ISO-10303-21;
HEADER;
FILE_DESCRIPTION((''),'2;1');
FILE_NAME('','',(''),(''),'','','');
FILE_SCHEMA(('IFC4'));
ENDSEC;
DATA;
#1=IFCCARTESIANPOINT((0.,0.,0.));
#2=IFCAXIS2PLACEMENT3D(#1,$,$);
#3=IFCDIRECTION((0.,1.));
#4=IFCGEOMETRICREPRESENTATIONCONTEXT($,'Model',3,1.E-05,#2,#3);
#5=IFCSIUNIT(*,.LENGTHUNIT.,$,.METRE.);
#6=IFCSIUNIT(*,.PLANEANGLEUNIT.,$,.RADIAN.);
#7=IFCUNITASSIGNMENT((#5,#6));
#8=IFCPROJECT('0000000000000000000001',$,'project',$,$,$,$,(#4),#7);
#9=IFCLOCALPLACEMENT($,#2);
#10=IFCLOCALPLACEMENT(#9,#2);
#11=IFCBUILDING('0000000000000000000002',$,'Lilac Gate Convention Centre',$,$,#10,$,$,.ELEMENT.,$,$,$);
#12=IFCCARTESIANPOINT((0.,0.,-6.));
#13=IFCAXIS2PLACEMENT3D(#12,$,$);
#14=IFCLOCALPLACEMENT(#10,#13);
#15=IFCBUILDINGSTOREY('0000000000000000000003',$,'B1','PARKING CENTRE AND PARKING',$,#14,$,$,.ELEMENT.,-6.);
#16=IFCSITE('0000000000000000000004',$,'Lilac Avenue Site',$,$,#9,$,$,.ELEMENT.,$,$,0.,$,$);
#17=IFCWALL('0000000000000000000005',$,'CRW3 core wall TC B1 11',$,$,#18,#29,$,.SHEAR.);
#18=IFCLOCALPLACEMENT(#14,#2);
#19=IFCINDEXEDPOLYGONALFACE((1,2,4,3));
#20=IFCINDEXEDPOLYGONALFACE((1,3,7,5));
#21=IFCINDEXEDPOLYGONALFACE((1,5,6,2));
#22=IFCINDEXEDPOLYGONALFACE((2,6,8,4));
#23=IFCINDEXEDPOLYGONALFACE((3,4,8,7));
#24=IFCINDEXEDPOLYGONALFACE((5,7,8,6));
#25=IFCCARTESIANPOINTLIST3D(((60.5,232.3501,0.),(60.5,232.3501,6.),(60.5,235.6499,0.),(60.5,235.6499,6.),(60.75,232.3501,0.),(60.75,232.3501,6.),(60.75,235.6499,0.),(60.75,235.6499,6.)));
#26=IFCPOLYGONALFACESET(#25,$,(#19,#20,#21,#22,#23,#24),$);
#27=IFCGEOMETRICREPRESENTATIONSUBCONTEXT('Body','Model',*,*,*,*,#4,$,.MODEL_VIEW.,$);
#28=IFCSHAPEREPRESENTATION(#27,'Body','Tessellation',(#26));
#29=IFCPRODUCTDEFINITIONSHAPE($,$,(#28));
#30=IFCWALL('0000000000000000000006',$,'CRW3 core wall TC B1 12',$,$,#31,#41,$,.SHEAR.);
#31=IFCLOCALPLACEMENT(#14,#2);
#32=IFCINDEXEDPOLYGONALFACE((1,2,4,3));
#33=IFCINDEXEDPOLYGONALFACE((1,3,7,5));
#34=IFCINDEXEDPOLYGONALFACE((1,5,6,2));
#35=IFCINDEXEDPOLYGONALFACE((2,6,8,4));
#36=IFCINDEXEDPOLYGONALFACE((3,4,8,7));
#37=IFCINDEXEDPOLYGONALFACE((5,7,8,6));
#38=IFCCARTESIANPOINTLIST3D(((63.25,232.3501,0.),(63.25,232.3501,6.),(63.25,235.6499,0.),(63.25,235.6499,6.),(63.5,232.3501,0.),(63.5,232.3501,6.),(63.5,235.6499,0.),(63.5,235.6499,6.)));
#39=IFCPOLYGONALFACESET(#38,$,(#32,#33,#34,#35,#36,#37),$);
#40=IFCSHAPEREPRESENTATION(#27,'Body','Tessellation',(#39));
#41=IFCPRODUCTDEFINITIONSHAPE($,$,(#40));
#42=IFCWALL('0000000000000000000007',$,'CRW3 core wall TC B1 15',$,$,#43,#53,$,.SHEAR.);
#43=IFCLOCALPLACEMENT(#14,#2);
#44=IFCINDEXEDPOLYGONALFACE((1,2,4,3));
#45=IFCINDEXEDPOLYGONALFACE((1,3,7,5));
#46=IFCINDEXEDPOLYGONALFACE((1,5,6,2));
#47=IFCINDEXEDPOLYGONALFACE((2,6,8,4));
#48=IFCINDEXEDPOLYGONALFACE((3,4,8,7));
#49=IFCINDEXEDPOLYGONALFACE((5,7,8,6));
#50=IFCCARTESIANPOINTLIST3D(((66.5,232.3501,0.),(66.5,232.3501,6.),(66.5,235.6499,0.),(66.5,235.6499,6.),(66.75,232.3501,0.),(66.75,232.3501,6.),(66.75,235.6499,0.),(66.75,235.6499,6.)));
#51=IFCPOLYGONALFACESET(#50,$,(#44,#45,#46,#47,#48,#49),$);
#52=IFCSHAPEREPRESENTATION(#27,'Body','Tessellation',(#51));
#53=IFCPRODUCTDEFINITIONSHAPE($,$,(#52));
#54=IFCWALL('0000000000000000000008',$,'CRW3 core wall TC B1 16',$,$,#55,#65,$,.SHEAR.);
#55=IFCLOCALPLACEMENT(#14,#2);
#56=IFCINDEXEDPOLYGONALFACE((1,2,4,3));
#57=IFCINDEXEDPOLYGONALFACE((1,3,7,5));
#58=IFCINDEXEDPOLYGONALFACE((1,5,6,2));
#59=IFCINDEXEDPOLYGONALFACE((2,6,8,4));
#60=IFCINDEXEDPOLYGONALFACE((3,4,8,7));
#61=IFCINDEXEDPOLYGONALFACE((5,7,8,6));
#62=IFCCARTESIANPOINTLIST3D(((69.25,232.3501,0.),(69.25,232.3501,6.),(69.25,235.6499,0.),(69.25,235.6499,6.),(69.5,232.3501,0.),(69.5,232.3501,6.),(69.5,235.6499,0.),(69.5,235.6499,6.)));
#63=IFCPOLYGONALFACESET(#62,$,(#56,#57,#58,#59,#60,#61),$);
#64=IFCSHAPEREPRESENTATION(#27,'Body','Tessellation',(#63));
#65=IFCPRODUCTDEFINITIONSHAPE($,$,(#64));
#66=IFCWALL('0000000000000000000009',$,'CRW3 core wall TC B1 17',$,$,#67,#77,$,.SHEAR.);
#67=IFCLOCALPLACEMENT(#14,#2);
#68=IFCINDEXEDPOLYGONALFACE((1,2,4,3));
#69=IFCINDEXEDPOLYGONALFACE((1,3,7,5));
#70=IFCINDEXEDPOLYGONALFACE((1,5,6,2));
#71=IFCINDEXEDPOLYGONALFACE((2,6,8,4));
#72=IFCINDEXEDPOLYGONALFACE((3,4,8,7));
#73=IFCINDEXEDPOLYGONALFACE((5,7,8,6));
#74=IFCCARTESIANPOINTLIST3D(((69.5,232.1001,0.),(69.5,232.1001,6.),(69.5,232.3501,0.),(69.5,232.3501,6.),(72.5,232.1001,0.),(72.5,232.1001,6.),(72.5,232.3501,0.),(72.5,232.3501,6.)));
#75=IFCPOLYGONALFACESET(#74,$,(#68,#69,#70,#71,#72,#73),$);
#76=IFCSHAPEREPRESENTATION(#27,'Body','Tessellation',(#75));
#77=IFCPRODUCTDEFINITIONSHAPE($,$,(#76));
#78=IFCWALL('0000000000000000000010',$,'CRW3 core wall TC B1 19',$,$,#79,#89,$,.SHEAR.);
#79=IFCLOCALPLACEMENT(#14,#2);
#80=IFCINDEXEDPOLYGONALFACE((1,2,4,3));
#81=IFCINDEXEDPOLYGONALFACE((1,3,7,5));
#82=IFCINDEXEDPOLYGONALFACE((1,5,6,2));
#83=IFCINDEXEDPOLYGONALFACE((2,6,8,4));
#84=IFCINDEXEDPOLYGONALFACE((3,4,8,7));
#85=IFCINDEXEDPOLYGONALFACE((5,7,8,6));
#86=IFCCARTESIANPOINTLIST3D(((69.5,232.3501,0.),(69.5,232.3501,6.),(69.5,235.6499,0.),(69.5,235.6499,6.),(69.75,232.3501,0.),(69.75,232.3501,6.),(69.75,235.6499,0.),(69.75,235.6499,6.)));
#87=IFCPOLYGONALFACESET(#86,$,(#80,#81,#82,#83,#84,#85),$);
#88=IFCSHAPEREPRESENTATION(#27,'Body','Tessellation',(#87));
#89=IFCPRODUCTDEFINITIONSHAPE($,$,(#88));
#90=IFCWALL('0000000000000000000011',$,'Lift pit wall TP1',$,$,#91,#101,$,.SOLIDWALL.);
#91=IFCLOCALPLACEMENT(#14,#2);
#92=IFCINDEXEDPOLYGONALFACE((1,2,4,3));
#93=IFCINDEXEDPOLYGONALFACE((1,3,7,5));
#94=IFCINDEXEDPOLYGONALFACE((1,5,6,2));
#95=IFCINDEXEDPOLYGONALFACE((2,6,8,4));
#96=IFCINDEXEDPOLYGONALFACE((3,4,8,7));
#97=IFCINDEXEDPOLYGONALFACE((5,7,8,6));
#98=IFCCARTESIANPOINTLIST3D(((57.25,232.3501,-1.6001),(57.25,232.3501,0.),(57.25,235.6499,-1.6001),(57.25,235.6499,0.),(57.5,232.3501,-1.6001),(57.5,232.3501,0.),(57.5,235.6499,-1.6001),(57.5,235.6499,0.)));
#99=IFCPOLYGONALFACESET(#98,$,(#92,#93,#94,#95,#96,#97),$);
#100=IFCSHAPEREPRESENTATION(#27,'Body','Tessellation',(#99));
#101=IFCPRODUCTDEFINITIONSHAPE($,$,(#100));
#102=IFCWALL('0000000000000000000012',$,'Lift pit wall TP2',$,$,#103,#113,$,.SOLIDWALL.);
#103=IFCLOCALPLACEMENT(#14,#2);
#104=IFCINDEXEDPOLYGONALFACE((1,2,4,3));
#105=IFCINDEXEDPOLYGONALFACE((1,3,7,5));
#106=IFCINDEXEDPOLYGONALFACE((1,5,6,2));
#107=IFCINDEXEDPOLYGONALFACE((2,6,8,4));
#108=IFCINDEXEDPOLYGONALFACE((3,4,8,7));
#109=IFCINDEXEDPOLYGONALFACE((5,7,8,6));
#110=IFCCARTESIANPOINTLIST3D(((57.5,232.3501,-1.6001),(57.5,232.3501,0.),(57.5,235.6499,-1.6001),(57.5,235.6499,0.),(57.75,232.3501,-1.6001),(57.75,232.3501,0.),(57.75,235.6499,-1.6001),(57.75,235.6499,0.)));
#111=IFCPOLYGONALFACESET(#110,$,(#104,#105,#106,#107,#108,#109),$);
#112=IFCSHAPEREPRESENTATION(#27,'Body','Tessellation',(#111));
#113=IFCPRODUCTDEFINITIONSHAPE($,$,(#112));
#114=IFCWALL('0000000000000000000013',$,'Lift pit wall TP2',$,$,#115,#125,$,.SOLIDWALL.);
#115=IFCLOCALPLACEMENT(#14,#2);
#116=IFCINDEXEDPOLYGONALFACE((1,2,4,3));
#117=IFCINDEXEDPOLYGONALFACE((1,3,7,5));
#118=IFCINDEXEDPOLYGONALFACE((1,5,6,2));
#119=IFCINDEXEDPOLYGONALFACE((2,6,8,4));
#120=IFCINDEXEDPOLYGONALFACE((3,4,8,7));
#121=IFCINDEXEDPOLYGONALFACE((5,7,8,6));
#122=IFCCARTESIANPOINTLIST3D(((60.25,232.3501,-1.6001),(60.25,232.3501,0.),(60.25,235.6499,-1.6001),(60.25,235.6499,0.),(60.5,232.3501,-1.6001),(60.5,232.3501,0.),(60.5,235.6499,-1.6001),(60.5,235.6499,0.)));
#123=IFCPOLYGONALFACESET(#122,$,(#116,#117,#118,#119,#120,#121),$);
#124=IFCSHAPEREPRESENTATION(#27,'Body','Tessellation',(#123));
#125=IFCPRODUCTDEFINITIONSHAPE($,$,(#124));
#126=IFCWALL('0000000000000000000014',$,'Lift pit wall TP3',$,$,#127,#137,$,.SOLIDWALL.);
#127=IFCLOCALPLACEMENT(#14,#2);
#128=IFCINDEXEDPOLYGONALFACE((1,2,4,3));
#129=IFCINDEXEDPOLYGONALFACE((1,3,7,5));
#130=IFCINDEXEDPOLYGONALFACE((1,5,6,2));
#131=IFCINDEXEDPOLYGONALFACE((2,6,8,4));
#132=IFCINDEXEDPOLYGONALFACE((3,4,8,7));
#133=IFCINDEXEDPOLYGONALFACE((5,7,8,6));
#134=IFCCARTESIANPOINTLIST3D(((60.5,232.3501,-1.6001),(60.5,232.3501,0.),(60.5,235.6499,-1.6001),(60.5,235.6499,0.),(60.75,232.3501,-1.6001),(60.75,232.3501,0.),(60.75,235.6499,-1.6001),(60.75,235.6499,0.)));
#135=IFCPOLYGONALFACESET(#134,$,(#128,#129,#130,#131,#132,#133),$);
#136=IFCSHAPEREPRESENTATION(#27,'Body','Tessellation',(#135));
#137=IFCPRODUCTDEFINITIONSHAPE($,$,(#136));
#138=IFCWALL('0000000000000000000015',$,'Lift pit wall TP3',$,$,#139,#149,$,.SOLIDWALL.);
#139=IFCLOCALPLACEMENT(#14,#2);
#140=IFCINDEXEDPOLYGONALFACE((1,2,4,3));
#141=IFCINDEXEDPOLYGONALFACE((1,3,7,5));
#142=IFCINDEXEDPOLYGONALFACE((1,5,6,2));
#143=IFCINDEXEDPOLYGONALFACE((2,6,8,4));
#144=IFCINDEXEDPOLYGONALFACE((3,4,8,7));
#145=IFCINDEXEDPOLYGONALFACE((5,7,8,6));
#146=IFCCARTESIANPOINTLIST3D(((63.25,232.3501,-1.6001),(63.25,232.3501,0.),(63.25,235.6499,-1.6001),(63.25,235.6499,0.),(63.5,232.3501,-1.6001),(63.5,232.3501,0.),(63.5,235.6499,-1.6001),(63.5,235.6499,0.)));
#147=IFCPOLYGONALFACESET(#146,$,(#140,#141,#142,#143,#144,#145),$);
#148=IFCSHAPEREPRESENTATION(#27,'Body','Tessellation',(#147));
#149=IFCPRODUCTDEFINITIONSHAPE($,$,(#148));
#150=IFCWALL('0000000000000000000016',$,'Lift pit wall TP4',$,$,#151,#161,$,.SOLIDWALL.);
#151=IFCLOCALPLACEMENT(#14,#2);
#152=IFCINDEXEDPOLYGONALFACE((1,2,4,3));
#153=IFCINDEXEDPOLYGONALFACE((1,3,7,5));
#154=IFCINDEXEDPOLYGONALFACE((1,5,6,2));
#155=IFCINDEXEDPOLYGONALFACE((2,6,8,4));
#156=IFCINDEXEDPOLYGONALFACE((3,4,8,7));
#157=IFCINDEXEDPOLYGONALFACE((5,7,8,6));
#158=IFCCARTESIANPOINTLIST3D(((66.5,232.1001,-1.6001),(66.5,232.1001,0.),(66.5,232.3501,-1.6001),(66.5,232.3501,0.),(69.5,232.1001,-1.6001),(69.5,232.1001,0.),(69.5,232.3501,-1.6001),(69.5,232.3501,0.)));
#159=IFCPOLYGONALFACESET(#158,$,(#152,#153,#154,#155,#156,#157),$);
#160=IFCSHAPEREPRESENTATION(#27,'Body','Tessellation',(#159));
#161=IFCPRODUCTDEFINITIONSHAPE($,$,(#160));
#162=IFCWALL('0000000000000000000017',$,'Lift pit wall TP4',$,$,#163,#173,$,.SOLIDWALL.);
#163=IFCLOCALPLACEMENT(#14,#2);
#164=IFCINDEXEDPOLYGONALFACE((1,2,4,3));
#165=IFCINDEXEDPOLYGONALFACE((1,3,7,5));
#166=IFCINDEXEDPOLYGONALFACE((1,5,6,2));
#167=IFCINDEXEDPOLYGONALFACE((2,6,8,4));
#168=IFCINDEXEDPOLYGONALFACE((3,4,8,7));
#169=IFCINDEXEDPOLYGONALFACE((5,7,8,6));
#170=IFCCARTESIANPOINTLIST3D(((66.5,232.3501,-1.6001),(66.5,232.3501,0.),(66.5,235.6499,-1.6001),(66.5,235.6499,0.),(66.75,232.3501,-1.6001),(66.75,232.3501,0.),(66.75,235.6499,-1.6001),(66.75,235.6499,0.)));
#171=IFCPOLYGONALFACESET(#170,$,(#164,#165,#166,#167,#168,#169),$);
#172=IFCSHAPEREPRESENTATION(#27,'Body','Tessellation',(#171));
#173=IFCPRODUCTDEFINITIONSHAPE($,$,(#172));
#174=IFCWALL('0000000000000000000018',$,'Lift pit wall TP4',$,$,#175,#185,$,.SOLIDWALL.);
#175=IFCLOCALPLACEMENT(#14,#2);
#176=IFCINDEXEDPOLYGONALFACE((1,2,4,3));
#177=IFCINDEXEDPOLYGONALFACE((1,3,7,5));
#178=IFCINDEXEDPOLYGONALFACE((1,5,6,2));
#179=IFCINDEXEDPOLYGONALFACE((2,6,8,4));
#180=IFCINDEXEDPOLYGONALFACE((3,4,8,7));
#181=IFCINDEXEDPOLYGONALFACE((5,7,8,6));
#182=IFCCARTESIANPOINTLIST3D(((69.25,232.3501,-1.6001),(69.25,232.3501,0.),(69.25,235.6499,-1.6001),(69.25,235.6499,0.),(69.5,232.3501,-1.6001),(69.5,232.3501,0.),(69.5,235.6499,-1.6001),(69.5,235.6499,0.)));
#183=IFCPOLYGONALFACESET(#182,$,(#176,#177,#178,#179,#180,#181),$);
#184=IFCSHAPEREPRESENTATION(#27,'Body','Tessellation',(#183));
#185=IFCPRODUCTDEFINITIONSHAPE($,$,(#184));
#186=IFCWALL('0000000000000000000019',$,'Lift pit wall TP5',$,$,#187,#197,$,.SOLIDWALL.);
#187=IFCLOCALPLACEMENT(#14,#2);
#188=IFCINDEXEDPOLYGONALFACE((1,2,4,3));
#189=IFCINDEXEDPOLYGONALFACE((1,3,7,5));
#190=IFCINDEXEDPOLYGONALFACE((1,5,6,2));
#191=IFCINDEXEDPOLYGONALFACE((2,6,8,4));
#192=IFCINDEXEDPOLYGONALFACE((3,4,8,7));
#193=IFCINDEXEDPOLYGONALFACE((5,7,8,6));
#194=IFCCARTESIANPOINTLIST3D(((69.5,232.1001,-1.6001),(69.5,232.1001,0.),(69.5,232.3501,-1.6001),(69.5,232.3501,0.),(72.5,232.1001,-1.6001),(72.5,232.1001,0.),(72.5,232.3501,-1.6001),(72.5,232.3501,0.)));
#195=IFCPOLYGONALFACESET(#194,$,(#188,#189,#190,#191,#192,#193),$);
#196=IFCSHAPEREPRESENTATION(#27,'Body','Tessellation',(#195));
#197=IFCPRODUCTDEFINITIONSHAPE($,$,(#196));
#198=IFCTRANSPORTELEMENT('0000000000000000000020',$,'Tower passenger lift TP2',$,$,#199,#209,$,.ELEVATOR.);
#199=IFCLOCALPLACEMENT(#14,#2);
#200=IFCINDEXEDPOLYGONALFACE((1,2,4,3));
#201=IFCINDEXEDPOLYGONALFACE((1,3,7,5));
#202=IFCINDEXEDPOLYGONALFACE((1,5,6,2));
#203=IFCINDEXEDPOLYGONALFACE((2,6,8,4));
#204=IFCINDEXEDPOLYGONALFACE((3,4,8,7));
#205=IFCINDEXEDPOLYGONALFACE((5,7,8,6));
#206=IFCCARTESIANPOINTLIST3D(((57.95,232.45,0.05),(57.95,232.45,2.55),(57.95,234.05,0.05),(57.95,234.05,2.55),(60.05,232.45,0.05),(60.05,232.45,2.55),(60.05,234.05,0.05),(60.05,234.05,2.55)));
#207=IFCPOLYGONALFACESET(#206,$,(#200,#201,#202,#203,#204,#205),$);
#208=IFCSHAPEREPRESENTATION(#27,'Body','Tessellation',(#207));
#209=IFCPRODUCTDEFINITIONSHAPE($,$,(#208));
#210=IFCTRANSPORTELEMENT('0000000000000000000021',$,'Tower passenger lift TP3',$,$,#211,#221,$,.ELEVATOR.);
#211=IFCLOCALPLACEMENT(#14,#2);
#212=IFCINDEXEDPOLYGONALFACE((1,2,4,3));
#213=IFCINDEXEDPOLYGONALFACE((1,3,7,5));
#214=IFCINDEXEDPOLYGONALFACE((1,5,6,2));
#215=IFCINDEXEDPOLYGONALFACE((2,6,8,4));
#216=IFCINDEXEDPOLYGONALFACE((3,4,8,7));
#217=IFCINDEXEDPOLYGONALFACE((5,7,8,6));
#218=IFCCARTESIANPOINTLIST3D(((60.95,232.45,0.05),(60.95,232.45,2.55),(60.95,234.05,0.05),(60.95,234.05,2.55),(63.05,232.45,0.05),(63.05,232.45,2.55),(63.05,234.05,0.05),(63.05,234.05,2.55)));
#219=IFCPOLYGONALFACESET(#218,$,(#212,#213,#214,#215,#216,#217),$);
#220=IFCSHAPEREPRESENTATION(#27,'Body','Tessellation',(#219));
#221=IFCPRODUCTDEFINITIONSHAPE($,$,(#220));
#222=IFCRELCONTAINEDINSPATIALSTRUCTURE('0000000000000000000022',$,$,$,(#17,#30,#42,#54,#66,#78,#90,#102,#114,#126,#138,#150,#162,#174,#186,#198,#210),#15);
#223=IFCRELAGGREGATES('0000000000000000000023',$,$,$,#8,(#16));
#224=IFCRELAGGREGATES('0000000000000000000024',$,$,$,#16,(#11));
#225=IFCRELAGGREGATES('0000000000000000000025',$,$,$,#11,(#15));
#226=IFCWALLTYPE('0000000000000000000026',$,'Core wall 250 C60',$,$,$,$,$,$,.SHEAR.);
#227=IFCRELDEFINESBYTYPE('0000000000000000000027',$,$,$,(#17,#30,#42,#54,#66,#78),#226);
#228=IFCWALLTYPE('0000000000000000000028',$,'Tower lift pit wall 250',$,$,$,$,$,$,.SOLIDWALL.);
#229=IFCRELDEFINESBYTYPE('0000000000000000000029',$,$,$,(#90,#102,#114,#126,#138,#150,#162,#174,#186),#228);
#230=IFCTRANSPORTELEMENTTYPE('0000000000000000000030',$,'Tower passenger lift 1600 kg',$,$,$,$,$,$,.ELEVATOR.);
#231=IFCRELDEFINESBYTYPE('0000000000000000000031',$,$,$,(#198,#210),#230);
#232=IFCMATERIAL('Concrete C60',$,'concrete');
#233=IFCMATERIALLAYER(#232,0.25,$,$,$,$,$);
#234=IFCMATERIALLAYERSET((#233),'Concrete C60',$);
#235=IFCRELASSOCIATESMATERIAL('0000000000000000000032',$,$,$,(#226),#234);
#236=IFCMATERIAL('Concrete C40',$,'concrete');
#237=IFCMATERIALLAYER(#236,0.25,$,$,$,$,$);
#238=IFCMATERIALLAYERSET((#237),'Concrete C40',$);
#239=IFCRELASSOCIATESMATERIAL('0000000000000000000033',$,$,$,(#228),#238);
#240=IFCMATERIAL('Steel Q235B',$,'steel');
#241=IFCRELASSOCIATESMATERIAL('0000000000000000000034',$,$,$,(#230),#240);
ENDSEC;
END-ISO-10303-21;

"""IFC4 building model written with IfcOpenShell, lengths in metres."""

from ifc_helpers import new_model, si_unit, direction, frame, frame_2d, origin, origin_2d, place, context, subcontext, project, spatial, rectangle, extrude, material, layer, layer_set, type_object, element, save


model = new_model("IFC4")

# Units and contexts
model_context = context("Model", 3, precision=1e-05, world=origin(), true_north=direction((0.0, 1.0)))
body_context = subcontext(model_context, "Body", "Model", "MODEL_VIEW")
ifc_project = project(units=[si_unit("LENGTHUNIT", "METRE"), si_unit("PLANEANGLEUNIT", "RADIAN")], contexts=[model_context])

# Site, building, storey
site_placement = place(None, origin())
site = spatial("IfcSite", under=ifc_project, at=site_placement, Name="Lilac Avenue Site", CompositionType="ELEMENT", RefElevation=0.0)
building_placement = place(site_placement, origin())
building = spatial("IfcBuilding", under=site, at=building_placement, Name="Lilac Gate Convention Centre", CompositionType="ELEMENT")
storey_placement = place(building_placement, frame((0.0, 0.0, -6.0)))
storey = spatial("IfcBuildingStorey", under=building, at=storey_placement, Name="B1", Description="PARKING CENTRE AND PARKING", CompositionType="ELEMENT", Elevation=-6.0)

# Shared definitions
ifc_material_1 = material(Name="Concrete C40", Category="concrete")

# Walls
ifc_material_2 = material(Name="Concrete C60", Category="concrete")
ifc_layer_1 = layer(ifc_material_2, 0.25)
ifc_layer_set_1 = layer_set([ifc_layer_1], Name="Concrete C60")
wall_type_1 = type_object("IfcWallType", Name="Core wall 250 C60", PredefinedType="SHEAR", material=ifc_layer_set_1)
for number, where, z_axis, x_axis, name in (
    (1, (60.625, 232.3501, 0.0), (0.0, 0.0, 1.0), (0.0, 1.0, 0.0), "CRW3 core wall TC B1 11"),
    (2, (63.375, 232.3501, 0.0), (0.0, 0.0, 1.0), (0.0, 1.0, 0.0), "CRW3 core wall TC B1 12"),
    (3, (66.625, 232.3501, 0.0), (0.0, 0.0, 1.0), (0.0, 1.0, 0.0), "CRW3 core wall TC B1 15"),
    (4, (69.375, 232.3501, 0.0), (0.0, 0.0, 1.0), (0.0, 1.0, 0.0), "CRW3 core wall TC B1 16"),
):
    element("IfcWall", number, at=place(storey_placement, frame(where, z_axis=z_axis, x_axis=x_axis)), inside=storey, type_object=wall_type_1, Name=name, PredefinedType="SHEAR", context=body_context, shape_type="SweptSolid", body=[
        extrude(rectangle(XDim=3.2998, YDim=0.25, at=frame_2d((1.6499, 0.0))), origin(), (0.0, 0.0, 1.0), 6.0),
    ])
wall_1_placement = place(storey_placement, frame((69.5, 232.2251, 0.0), z_axis=(0.0, 0.0, 1.0), x_axis=(1.0, 0.0, 0.0)))
element("IfcWall", 5, at=wall_1_placement, inside=storey, type_object=wall_type_1, Name="CRW3 core wall TC B1 17", PredefinedType="SHEAR", context=body_context, shape_type="SweptSolid", body=[
    extrude(rectangle(XDim=3.0, YDim=0.25, at=frame_2d((1.5, 0.0))), origin(), (0.0, 0.0, 1.0), 6.0),
])
wall_2_placement = place(storey_placement, frame((69.625, 232.3501, 0.0), z_axis=(0.0, 0.0, 1.0), x_axis=(0.0, 1.0, 0.0)))
element("IfcWall", 6, at=wall_2_placement, inside=storey, type_object=wall_type_1, Name="CRW3 core wall TC B1 19", PredefinedType="SHEAR", context=body_context, shape_type="SweptSolid", body=[
    extrude(rectangle(XDim=3.2998, YDim=0.25, at=frame_2d((1.6499, 0.0))), origin(), (0.0, 0.0, 1.0), 6.0),
])
ifc_layer_2 = layer(ifc_material_1, 0.25)
ifc_layer_set_2 = layer_set([ifc_layer_2], Name="Concrete C40")
wall_type_2 = type_object("IfcWallType", Name="Tower lift pit wall 250", PredefinedType="SOLIDWALL", material=ifc_layer_set_2)
for number, where, z_axis, x_axis, name in (
    (7, (57.375, 232.3501, -1.6001), (0.0, 0.0, 1.0), (0.0, 1.0, 0.0), "Lift pit wall TP1"),
    (8, (57.625, 232.3501, -1.6001), (0.0, 0.0, 1.0), (0.0, 1.0, 0.0), "Lift pit wall TP2"),
    (9, (60.375, 232.3501, -1.6001), (0.0, 0.0, 1.0), (0.0, 1.0, 0.0), "Lift pit wall TP2"),
    (10, (60.625, 232.3501, -1.6001), (0.0, 0.0, 1.0), (0.0, 1.0, 0.0), "Lift pit wall TP3"),
    (11, (63.375, 232.3501, -1.6001), (0.0, 0.0, 1.0), (0.0, 1.0, 0.0), "Lift pit wall TP3"),
):
    element("IfcWall", number, at=place(storey_placement, frame(where, z_axis=z_axis, x_axis=x_axis)), inside=storey, type_object=wall_type_2, Name=name, PredefinedType="SOLIDWALL", context=body_context, shape_type="SweptSolid", body=[
        extrude(rectangle(XDim=3.2998, YDim=0.25, at=frame_2d((1.6499, 0.0))), origin(), (0.0, 0.0, 1.0), 1.6001),
    ])
wall_3_placement = place(storey_placement, frame((66.5, 232.2251, -1.6001), z_axis=(0.0, 0.0, 1.0), x_axis=(1.0, 0.0, 0.0)))
element("IfcWall", 12, at=wall_3_placement, inside=storey, type_object=wall_type_2, Name="Lift pit wall TP4", PredefinedType="SOLIDWALL", context=body_context, shape_type="SweptSolid", body=[
    extrude(rectangle(XDim=3.0, YDim=0.25, at=frame_2d((1.5, 0.0))), origin(), (0.0, 0.0, 1.0), 1.6001),
])
for number, where, z_axis, x_axis, name in (
    (13, (66.625, 232.3501, -1.6001), (0.0, 0.0, 1.0), (0.0, 1.0, 0.0), "Lift pit wall TP4"),
    (14, (69.375, 232.3501, -1.6001), (0.0, 0.0, 1.0), (0.0, 1.0, 0.0), "Lift pit wall TP4"),
):
    element("IfcWall", number, at=place(storey_placement, frame(where, z_axis=z_axis, x_axis=x_axis)), inside=storey, type_object=wall_type_2, Name=name, PredefinedType="SOLIDWALL", context=body_context, shape_type="SweptSolid", body=[
        extrude(rectangle(XDim=3.2998, YDim=0.25, at=frame_2d((1.6499, 0.0))), origin(), (0.0, 0.0, 1.0), 1.6001),
    ])
wall_4_placement = place(storey_placement, frame((69.5, 232.2251, -1.6001), z_axis=(0.0, 0.0, 1.0), x_axis=(1.0, 0.0, 0.0)))
element("IfcWall", 15, at=wall_4_placement, inside=storey, type_object=wall_type_2, Name="Lift pit wall TP5", PredefinedType="SOLIDWALL", context=body_context, shape_type="SweptSolid", body=[
    extrude(rectangle(XDim=3.0, YDim=0.25, at=frame_2d((1.5, 0.0))), origin(), (0.0, 0.0, 1.0), 1.6001),
])

# Transport elements
ifc_material_3 = material(Name="Steel Q235B", Category="steel")
transport_element_type = type_object("IfcTransportElementType", Name="Tower passenger lift 1600 kg", PredefinedType="ELEVATOR", material=ifc_material_3)
for number, where, z_axis, x_axis, name in (
    (16, (59.0, 233.25, 0.05), (0.0, 0.0, 1.0), (1.0, 0.0, 0.0), "Tower passenger lift TP2"),
    (17, (62.0, 233.25, 0.05), (0.0, 0.0, 1.0), (1.0, 0.0, 0.0), "Tower passenger lift TP3"),
):
    element("IfcTransportElement", number, at=place(storey_placement, frame(where, z_axis=z_axis, x_axis=x_axis)), inside=storey, type_object=transport_element_type, Name=name, PredefinedType="ELEVATOR", context=body_context, shape_type="SweptSolid", body=[
        extrude(rectangle(XDim=2.1001, YDim=1.6001, at=origin_2d()), origin(), (0.0, 0.0, 1.0), 2.5),
    ])

save(model, "model.ifc")
